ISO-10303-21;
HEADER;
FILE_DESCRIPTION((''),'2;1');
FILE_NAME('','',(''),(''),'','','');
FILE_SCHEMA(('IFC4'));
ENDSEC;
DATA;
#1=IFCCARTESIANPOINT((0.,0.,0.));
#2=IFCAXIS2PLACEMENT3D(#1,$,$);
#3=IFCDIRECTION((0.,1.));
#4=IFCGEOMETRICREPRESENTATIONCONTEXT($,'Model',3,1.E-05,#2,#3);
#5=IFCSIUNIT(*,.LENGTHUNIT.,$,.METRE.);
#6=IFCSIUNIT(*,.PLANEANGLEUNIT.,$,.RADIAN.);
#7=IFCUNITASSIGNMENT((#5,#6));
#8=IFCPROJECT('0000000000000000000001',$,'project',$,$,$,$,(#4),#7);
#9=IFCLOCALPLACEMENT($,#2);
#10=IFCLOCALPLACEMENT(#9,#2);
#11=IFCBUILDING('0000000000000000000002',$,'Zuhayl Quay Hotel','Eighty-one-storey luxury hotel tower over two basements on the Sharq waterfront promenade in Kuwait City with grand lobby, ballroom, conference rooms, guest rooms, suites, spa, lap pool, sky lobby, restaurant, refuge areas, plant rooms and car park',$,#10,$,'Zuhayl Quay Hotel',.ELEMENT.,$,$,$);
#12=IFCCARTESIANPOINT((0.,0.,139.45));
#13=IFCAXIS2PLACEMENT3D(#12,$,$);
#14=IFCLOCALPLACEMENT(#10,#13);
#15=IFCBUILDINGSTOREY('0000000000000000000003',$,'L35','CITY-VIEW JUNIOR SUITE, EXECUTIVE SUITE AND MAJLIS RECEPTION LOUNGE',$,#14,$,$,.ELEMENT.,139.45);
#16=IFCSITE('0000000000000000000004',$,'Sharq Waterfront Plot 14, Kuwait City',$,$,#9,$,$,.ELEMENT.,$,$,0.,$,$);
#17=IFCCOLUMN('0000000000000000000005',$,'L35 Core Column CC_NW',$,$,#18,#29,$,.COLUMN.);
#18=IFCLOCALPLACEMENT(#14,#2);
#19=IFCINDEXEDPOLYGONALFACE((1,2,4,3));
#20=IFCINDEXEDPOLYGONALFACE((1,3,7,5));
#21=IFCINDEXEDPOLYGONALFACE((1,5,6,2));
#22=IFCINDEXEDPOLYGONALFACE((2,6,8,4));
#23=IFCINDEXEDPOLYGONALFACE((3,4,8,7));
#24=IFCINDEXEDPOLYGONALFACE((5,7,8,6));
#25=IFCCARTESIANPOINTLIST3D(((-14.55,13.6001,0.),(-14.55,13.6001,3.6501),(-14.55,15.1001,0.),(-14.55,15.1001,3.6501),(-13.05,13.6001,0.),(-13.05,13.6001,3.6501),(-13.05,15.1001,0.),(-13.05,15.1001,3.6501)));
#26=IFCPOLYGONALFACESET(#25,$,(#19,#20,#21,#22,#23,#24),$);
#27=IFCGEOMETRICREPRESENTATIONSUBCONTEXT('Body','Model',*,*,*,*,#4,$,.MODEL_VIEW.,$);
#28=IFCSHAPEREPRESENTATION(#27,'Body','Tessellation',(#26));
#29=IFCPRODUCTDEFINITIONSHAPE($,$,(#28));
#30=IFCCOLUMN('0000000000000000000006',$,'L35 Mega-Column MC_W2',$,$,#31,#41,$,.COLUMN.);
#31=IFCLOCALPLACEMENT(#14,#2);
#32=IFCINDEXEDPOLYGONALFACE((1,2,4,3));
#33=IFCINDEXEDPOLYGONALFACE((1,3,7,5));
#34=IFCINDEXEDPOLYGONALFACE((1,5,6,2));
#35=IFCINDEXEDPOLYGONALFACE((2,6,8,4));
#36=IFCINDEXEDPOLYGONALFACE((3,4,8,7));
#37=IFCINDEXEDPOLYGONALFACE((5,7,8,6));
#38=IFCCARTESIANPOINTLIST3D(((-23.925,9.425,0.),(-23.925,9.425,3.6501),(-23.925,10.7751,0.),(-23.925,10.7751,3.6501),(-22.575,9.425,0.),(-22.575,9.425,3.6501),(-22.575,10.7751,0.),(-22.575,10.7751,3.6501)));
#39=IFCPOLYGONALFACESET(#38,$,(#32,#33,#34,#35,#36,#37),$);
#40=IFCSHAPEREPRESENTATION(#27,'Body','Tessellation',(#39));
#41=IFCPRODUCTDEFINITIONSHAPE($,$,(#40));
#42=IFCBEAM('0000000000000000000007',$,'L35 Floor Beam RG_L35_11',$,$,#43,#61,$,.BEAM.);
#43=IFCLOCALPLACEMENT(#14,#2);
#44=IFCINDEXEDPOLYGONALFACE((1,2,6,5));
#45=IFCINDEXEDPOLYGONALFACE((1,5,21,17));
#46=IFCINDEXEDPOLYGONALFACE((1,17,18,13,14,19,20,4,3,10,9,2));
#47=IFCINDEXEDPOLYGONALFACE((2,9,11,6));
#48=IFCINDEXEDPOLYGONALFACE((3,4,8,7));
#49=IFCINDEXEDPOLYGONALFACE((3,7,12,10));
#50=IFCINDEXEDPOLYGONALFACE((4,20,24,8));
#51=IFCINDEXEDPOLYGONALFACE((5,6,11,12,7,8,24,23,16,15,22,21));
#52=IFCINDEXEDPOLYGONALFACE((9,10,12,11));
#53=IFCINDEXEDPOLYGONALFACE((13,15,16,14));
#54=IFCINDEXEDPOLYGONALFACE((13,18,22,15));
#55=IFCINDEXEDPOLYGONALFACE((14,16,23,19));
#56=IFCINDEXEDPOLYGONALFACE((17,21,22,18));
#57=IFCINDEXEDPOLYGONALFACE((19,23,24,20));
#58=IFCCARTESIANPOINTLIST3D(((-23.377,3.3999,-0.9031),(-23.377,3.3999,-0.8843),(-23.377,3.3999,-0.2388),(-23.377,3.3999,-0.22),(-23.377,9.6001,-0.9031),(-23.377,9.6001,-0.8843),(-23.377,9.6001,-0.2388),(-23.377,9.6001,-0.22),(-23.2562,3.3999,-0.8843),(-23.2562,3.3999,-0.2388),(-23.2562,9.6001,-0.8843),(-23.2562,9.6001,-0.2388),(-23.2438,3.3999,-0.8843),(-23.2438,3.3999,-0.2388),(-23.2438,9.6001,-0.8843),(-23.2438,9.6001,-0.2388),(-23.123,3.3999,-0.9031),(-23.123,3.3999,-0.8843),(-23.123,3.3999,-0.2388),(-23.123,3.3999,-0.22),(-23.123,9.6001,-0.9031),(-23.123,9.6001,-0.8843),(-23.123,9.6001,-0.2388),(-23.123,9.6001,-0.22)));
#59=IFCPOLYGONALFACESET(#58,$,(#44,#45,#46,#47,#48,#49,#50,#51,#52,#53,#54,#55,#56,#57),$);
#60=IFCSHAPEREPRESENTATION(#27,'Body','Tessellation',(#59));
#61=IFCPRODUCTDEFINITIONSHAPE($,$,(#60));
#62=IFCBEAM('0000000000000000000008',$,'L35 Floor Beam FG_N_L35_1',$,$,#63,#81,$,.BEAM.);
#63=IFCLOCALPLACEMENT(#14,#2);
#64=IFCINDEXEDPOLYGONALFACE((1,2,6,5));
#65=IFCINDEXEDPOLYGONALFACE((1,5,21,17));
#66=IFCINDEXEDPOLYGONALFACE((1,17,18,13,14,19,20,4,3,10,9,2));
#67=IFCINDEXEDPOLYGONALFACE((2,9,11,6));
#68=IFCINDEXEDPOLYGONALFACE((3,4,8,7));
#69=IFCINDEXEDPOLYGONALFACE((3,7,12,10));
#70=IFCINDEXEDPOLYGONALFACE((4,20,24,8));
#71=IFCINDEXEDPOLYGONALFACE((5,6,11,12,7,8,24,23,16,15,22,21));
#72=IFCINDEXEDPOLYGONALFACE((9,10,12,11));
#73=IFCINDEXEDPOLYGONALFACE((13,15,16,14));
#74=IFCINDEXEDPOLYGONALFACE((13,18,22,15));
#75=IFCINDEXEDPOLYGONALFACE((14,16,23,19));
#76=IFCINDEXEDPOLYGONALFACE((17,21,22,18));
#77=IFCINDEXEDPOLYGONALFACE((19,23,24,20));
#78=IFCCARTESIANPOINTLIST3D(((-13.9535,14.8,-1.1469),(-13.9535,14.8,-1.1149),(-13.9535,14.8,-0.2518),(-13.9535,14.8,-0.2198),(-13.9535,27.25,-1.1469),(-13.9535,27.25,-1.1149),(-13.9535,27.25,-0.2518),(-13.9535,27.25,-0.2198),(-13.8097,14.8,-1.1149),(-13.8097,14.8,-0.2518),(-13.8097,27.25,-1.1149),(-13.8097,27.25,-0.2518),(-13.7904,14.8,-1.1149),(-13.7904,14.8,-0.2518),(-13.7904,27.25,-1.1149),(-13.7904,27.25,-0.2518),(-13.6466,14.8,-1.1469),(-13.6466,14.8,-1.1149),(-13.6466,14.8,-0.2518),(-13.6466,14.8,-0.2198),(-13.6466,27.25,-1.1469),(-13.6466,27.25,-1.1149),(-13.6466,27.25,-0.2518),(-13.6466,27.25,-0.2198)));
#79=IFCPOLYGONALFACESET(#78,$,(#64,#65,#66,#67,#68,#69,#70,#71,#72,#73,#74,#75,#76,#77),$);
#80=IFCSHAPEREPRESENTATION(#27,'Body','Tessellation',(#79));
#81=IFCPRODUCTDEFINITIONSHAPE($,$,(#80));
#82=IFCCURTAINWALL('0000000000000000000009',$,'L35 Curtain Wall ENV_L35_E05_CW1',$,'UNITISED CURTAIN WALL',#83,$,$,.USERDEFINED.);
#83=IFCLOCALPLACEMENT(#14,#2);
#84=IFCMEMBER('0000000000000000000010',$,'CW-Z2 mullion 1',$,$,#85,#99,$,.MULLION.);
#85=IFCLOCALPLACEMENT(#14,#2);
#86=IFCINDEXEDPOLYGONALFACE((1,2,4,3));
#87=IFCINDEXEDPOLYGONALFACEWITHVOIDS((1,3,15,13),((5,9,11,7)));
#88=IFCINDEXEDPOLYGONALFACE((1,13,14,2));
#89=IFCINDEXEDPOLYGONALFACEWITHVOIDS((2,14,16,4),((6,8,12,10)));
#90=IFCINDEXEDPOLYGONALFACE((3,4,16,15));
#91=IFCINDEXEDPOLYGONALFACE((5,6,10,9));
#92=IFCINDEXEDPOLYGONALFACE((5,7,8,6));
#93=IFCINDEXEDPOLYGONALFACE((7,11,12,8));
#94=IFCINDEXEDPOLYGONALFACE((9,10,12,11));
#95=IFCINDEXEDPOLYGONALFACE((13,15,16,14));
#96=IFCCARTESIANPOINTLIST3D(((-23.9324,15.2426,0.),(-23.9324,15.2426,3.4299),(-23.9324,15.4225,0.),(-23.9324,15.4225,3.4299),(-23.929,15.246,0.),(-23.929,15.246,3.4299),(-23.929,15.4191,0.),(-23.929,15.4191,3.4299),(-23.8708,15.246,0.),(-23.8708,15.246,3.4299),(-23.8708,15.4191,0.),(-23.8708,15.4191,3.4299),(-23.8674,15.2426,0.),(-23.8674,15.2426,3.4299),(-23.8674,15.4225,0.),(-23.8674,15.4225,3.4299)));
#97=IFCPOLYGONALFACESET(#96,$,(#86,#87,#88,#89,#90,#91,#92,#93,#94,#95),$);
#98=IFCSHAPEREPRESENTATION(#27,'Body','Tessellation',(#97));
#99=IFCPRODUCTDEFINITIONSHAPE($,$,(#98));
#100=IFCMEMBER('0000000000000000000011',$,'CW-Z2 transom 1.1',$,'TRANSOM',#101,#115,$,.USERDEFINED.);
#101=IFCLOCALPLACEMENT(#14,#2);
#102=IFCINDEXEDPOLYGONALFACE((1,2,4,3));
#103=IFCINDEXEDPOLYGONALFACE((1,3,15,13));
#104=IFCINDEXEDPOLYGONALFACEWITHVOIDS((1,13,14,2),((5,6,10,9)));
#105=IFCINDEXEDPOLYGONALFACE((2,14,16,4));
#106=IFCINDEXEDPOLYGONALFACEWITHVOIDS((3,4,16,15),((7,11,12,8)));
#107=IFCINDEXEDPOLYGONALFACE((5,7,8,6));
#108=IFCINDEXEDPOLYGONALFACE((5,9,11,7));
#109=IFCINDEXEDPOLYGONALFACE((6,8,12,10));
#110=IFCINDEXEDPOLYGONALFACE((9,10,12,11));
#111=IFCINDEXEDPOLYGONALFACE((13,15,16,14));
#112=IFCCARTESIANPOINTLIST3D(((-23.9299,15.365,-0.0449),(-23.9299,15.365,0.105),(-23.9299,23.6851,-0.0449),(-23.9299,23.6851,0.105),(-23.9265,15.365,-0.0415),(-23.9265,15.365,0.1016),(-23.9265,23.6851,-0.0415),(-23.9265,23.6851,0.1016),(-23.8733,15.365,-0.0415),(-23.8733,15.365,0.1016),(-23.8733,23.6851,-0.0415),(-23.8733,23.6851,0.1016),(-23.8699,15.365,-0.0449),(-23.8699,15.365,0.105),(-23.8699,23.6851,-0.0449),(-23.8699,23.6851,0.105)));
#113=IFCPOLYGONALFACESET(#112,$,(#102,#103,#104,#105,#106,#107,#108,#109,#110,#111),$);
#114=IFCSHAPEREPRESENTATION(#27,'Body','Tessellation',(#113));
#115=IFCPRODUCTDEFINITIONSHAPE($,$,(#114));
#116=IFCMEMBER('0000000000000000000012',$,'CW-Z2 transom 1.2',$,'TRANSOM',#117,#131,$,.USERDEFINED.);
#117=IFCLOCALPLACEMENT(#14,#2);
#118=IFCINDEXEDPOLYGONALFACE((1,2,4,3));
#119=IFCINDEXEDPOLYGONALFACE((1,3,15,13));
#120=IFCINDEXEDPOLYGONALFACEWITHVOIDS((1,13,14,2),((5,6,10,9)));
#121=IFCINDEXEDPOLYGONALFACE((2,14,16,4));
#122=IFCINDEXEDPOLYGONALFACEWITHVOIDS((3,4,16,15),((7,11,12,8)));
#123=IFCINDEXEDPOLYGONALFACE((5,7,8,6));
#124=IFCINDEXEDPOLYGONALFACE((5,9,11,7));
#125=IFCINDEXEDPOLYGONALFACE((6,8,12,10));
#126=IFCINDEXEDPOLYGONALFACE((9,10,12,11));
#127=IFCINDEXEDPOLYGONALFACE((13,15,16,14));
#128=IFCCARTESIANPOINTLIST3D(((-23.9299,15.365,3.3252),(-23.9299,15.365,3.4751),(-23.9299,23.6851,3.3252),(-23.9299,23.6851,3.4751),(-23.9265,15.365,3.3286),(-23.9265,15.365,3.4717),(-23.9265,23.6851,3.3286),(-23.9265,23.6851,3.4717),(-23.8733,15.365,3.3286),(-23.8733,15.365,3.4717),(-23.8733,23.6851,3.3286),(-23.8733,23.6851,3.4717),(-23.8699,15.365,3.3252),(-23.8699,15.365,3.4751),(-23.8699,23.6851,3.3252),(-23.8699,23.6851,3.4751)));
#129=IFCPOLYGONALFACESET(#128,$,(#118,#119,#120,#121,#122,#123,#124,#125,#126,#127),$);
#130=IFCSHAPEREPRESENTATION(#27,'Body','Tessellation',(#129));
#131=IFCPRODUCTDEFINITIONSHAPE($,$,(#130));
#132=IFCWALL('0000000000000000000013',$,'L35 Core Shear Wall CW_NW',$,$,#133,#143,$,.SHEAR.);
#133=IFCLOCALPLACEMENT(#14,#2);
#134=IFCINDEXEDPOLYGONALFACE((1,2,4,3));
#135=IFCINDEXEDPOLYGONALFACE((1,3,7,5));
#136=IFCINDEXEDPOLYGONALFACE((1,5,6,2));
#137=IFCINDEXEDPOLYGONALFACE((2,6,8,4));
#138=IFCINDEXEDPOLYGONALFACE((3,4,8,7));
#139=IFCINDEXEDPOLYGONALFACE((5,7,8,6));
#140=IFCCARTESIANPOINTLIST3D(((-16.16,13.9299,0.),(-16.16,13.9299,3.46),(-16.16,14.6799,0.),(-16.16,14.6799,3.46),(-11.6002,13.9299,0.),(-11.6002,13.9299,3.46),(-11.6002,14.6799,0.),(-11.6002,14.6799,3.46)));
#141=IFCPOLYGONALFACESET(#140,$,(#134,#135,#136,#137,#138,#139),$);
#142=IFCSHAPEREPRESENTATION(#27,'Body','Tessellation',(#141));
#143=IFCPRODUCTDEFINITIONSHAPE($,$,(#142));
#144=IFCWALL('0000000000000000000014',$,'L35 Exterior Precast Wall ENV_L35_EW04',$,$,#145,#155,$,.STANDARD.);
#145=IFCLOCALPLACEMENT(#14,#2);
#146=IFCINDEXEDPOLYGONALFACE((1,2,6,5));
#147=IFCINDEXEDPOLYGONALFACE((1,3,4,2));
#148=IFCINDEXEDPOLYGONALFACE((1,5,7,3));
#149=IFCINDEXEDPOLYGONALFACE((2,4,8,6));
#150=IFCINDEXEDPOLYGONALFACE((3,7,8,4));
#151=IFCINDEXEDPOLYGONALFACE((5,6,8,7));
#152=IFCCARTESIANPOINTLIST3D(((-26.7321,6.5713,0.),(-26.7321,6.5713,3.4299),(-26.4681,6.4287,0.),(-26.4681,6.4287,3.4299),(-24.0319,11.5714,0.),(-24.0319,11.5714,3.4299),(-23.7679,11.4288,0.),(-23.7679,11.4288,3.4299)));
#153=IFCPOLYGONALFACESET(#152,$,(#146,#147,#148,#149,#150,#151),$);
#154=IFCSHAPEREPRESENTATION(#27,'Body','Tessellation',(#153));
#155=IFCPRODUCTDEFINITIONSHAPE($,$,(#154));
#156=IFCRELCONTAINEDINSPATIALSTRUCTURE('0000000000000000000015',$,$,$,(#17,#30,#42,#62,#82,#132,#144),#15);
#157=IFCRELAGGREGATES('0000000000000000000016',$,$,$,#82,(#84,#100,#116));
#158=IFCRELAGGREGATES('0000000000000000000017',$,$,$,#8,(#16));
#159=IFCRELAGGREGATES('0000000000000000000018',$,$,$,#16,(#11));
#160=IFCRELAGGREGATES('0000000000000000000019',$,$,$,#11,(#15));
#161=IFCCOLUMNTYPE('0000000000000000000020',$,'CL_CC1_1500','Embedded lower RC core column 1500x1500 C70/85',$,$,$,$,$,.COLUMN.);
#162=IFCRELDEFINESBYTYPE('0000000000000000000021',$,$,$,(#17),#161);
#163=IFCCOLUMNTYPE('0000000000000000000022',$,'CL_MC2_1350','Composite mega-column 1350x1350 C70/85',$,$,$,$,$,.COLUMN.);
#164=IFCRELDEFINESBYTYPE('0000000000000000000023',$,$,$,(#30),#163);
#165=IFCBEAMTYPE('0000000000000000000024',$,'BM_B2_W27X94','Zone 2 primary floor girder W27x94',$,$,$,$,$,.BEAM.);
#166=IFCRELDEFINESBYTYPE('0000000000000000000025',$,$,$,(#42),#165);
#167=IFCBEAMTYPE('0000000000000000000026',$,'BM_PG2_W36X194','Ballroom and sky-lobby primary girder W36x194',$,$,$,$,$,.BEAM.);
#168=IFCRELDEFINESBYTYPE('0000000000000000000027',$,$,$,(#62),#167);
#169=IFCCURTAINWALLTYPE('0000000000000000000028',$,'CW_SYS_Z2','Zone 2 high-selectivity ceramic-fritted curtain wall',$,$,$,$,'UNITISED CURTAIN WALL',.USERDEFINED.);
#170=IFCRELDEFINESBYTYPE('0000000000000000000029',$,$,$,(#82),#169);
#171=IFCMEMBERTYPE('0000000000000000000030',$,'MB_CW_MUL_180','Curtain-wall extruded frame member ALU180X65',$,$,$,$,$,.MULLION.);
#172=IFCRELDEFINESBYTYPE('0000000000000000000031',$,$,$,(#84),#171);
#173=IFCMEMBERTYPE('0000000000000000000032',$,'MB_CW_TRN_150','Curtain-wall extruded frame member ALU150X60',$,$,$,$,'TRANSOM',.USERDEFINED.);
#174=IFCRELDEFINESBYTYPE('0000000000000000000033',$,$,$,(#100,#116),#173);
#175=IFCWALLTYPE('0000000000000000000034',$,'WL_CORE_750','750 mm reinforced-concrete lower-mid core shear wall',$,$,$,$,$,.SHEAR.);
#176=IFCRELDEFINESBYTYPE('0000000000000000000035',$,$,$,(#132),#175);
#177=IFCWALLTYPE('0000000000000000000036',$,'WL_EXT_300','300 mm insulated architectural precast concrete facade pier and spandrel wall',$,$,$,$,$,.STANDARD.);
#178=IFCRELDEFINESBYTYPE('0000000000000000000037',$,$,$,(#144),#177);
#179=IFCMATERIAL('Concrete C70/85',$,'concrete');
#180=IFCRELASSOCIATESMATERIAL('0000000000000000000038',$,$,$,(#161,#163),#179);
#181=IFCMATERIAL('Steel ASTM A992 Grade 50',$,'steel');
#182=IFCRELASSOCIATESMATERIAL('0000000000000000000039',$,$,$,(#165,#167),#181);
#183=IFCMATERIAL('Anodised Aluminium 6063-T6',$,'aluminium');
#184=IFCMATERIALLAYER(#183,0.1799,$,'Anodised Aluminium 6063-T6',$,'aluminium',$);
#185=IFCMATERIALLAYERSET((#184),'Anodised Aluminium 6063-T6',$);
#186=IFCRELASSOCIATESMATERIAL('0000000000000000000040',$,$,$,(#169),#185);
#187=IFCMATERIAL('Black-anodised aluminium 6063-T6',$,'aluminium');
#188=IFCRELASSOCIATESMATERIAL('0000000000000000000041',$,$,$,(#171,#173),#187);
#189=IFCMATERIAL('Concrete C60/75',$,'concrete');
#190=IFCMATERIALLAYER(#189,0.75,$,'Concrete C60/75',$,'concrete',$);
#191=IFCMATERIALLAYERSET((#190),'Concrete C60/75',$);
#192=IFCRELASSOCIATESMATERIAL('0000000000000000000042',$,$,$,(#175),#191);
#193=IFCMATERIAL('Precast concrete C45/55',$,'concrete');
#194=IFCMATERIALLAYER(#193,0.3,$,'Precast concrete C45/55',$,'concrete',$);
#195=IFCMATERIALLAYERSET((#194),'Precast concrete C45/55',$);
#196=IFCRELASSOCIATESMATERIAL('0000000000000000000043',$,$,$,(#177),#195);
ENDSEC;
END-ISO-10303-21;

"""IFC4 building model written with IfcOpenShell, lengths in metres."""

from ifc_helpers import new_model, si_unit, direction, frame, frame_2d, origin, origin_2d, place, context, subcontext, project, spatial, rectangle, hollow_rectangle, i_section, extrude, material, layer, layer_set, material_profile, profile_set, type_object, element, aggregate, save


model = new_model("IFC4")

# Units and contexts
model_context = context("Model", 3, precision=1e-05, world=origin(), true_north=direction((0.0, 1.0)))
body_context = subcontext(model_context, "Body", "Model", "MODEL_VIEW")
ifc_project = project(units=[si_unit("LENGTHUNIT", "METRE"), si_unit("PLANEANGLEUNIT", "RADIAN")], contexts=[model_context])

# Site, building, storey
site_placement = place(None, origin())
site = spatial("IfcSite", under=ifc_project, at=site_placement, Name="Sharq Waterfront Plot 14, Kuwait City", CompositionType="ELEMENT", RefElevation=0.0)
building_placement = place(site_placement, origin())
building = spatial("IfcBuilding", under=site, at=building_placement, Name="Zuhayl Quay Hotel", Description="Eighty-one-storey luxury hotel tower over two basements on the Sharq waterfront promenade in Kuwait City with grand lobby, ballroom, conference rooms, guest rooms, suites, spa, lap pool, sky lobby, restaurant, refuge areas, plant rooms and car park", LongName="Zuhayl Quay Hotel", CompositionType="ELEMENT")
storey_placement = place(building_placement, frame((0.0, 0.0, 139.45)))
storey = spatial("IfcBuildingStorey", under=building, at=storey_placement, Name="L35", Description="CITY-VIEW JUNIOR SUITE, EXECUTIVE SUITE AND MAJLIS RECEPTION LOUNGE", CompositionType="ELEMENT", Elevation=139.45)

# Columns
ifc_material_1 = material(Name="Concrete C70/85", Category="concrete")
ifc_material_profile_1 = material_profile(ifc_material_1, rectangle(XDim=1.5, YDim=1.5, at=origin_2d()), Name="RC1500X1500")
ifc_profile_set_1 = profile_set([ifc_material_profile_1], Name="Concrete C70/85")
column_type_1 = type_object("IfcColumnType", Name="CL_CC1_1500", Description="Embedded lower RC core column 1500x1500 C70/85", PredefinedType="COLUMN", material=ifc_profile_set_1)
column_1_placement = place(storey_placement, frame((-13.8, 14.3501, 0.0), z_axis=(0.0, 0.0, 1.0), x_axis=(1.0, 0.0, 0.0)))
element("IfcColumn", 1, at=column_1_placement, inside=storey, type_object=column_type_1, Name="L35 Core Column CC_NW", PredefinedType="COLUMN", context=body_context, shape_type="SweptSolid", body=[
    extrude(rectangle(XDim=1.5, YDim=1.5, at=origin_2d()), origin(), (0.0, 0.0, 1.0), 3.6501),
])
ifc_material_profile_2 = material_profile(ifc_material_1, rectangle(XDim=1.3501, YDim=1.3501, at=origin_2d()), Name="RC1350X1350")
ifc_profile_set_2 = profile_set([ifc_material_profile_2], Name="Concrete C70/85")
column_type_2 = type_object("IfcColumnType", Name="CL_MC2_1350", Description="Composite mega-column 1350x1350 C70/85", PredefinedType="COLUMN", material=ifc_profile_set_2)
column_2_placement = place(storey_placement, frame((-23.25, 10.1001, 0.0), z_axis=(0.0, 0.0, 1.0), x_axis=(1.0, 0.0, 0.0)))
element("IfcColumn", 2, at=column_2_placement, inside=storey, type_object=column_type_2, Name="L35 Mega-Column MC_W2", PredefinedType="COLUMN", context=body_context, shape_type="SweptSolid", body=[
    extrude(rectangle(XDim=1.3501, YDim=1.3501, at=origin_2d()), origin(), (0.0, 0.0, 1.0), 3.6501),
])

# Beams
ifc_material_2 = material(Name="Steel ASTM A992 Grade 50", Category="steel")
ifc_material_profile_3 = material_profile(ifc_material_2, i_section(OverallWidth=0.2539, OverallDepth=0.6831, WebThickness=0.0125, FlangeThickness=0.0188, at=origin_2d()), Name="W27X94")
ifc_profile_set_3 = profile_set([ifc_material_profile_3], Name="Steel ASTM A992 Grade 50")
beam_type_1 = type_object("IfcBeamType", Name="BM_B2_W27X94", Description="Zone 2 primary floor girder W27x94", PredefinedType="BEAM", material=ifc_profile_set_3)
beam_1_placement = place(storey_placement, frame((-23.25, 9.6001, -0.5615), z_axis=(0.0, -1.0, 0.0), x_axis=(1.0, 0.0, 0.0)))
element("IfcBeam", 3, at=beam_1_placement, inside=storey, type_object=beam_type_1, Name="L35 Floor Beam RG_L35_11", PredefinedType="BEAM", context=body_context, shape_type="SweptSolid", body=[
    extrude(i_section(OverallWidth=0.2539, OverallDepth=0.6831, WebThickness=0.0125, FlangeThickness=0.0188, at=origin_2d()), origin(), (0.0, 0.0, 1.0), 6.2002),
])
ifc_material_profile_4 = material_profile(ifc_material_2, i_section(OverallWidth=0.3069, OverallDepth=0.927, WebThickness=0.0193, FlangeThickness=0.032, at=origin_2d()), Name="W36X194")
ifc_profile_set_4 = profile_set([ifc_material_profile_4], Name="Steel ASTM A992 Grade 50")
beam_type_2 = type_object("IfcBeamType", Name="BM_PG2_W36X194", Description="Ballroom and sky-lobby primary girder W36x194", PredefinedType="BEAM", material=ifc_profile_set_4)
beam_2_placement = place(storey_placement, frame((-13.8, 14.8, -0.6833), z_axis=(0.0, 1.0, 0.0), x_axis=(-1.0, 0.0, 0.0)))
element("IfcBeam", 4, at=beam_2_placement, inside=storey, type_object=beam_type_2, Name="L35 Floor Beam FG_N_L35_1", PredefinedType="BEAM", context=body_context, shape_type="SweptSolid", body=[
    extrude(i_section(OverallWidth=0.3069, OverallDepth=0.927, WebThickness=0.0193, FlangeThickness=0.032, at=origin_2d()), origin(), (0.0, 0.0, 1.0), 12.45),
])

# Curtain wall, members
ifc_material_3 = material(Name="Anodised Aluminium 6063-T6", Category="aluminium")
ifc_layer_1 = layer(ifc_material_3, 0.1799, Name="Anodised Aluminium 6063-T6", Category="aluminium")
ifc_layer_set_1 = layer_set([ifc_layer_1], Name="Anodised Aluminium 6063-T6")
curtain_wall_type = type_object("IfcCurtainWallType", Name="CW_SYS_Z2", Description="Zone 2 high-selectivity ceramic-fritted curtain wall", ElementType="UNITISED CURTAIN WALL", PredefinedType="USERDEFINED", material=ifc_layer_set_1)
curtain_wall_placement = place(storey_placement, origin())
curtain_wall = element("IfcCurtainWall", 5, at=curtain_wall_placement, inside=storey, type_object=curtain_wall_type, Name="L35 Curtain Wall ENV_L35_E05_CW1", ObjectType="UNITISED CURTAIN WALL", PredefinedType="USERDEFINED")
ifc_material_4 = material(Name="Black-anodised aluminium 6063-T6", Category="aluminium")
ifc_material_profile_5 = material_profile(ifc_material_4, hollow_rectangle(XDim=0.0649, YDim=0.1799, WallThickness=0.0034, at=origin_2d()), Name="ALU180X65")
ifc_profile_set_5 = profile_set([ifc_material_profile_5], Name="Black-anodised aluminium 6063-T6")
member_type_1 = type_object("IfcMemberType", Name="MB_CW_MUL_180", Description="Curtain-wall extruded frame member ALU180X65", PredefinedType="MULLION", material=ifc_profile_set_5)
member_1_placement = place(storey_placement, frame((-23.8999, 15.3325, 0.0), z_axis=(0.0, 0.0, 1.0), x_axis=(-1.0, 0.0, 0.0)))
member_1 = element("IfcMember", 6, at=member_1_placement, type_object=member_type_1, Name="CW-Z2 mullion 1", PredefinedType="MULLION", context=body_context, shape_type="SweptSolid", body=[
    extrude(hollow_rectangle(XDim=0.0649, YDim=0.1799, WallThickness=0.0034, at=origin_2d()), origin(), (0.0, 0.0, 1.0), 3.4299),
])
ifc_material_profile_6 = material_profile(ifc_material_4, hollow_rectangle(XDim=0.0601, YDim=0.1499, WallThickness=0.0034, at=origin_2d()), Name="ALU150X60")
ifc_profile_set_6 = profile_set([ifc_material_profile_6], Name="Black-anodised aluminium 6063-T6")
member_type_2 = type_object("IfcMemberType", Name="MB_CW_TRN_150", Description="Curtain-wall extruded frame member ALU150X60", ElementType="TRANSOM", PredefinedType="USERDEFINED", material=ifc_profile_set_6)
member_2_placement = place(storey_placement, frame((-23.8999, 15.365, 0.03), z_axis=(0.0, 1.0, 0.0), x_axis=(-1.0, 0.0, 0.0)))
member_2 = element("IfcMember", 7, at=member_2_placement, type_object=member_type_2, Name="CW-Z2 transom 1.1", ObjectType="TRANSOM", PredefinedType="USERDEFINED", context=body_context, shape_type="SweptSolid", body=[
    extrude(hollow_rectangle(XDim=0.0601, YDim=0.1499, WallThickness=0.0034, at=origin_2d()), origin(), (0.0, 0.0, 1.0), 8.3201),
])
member_3_placement = place(storey_placement, frame((-23.8999, 15.365, 3.4001), z_axis=(0.0, 1.0, 0.0), x_axis=(-1.0, 0.0, 0.0)))
member_3 = element("IfcMember", 8, at=member_3_placement, type_object=member_type_2, Name="CW-Z2 transom 1.2", ObjectType="TRANSOM", PredefinedType="USERDEFINED", context=body_context, shape_type="SweptSolid", body=[
    extrude(hollow_rectangle(XDim=0.0601, YDim=0.1499, WallThickness=0.0034, at=origin_2d()), origin(), (0.0, 0.0, 1.0), 8.3201),
])
aggregate(curtain_wall, [member_1, member_2, member_3])

# Walls
ifc_material_5 = material(Name="Concrete C60/75", Category="concrete")
ifc_layer_2 = layer(ifc_material_5, 0.75, Name="Concrete C60/75", Category="concrete")
ifc_layer_set_2 = layer_set([ifc_layer_2], Name="Concrete C60/75")
wall_type_1 = type_object("IfcWallType", Name="WL_CORE_750", Description="750 mm reinforced-concrete lower-mid core shear wall", PredefinedType="SHEAR", material=ifc_layer_set_2)
wall_1_placement = place(storey_placement, frame((-16.1599, 14.3049, 0.0), z_axis=(0.0, 0.0, 1.0), x_axis=(1.0, 0.0, 0.0)))
element("IfcWall", 9, at=wall_1_placement, inside=storey, type_object=wall_type_1, Name="L35 Core Shear Wall CW_NW", PredefinedType="SHEAR", context=body_context, shape_type="SweptSolid", body=[
    extrude(rectangle(XDim=4.5598, YDim=0.75, at=frame_2d((2.2798, 0.0))), origin(), (0.0, 0.0, 1.0), 3.46),
])
ifc_material_6 = material(Name="Precast concrete C45/55", Category="concrete")
ifc_layer_3 = layer(ifc_material_6, 0.3, Name="Precast concrete C45/55", Category="concrete")
ifc_layer_set_3 = layer_set([ifc_layer_3], Name="Precast concrete C45/55")
wall_type_2 = type_object("IfcWallType", Name="WL_EXT_300", Description="300 mm insulated architectural precast concrete facade pier and spandrel wall", PredefinedType="STANDARD", material=ifc_layer_set_3)
wall_2_placement = place(storey_placement, frame((-26.6001, 6.5, 0.0), z_axis=(0.0, 0.0, 1.0), x_axis=(0.475176, 0.879891, 0.0)))
element("IfcWall", 10, at=wall_2_placement, inside=storey, type_object=wall_type_2, Name="L35 Exterior Precast Wall ENV_L35_EW04", PredefinedType="STANDARD", context=body_context, shape_type="SweptSolid", body=[
    extrude(rectangle(XDim=5.6826, YDim=0.3, at=frame_2d((2.8413, 0.0))), origin(), (0.0, 0.0, 1.0), 3.4299),
])

save(model, "model.ifc")
